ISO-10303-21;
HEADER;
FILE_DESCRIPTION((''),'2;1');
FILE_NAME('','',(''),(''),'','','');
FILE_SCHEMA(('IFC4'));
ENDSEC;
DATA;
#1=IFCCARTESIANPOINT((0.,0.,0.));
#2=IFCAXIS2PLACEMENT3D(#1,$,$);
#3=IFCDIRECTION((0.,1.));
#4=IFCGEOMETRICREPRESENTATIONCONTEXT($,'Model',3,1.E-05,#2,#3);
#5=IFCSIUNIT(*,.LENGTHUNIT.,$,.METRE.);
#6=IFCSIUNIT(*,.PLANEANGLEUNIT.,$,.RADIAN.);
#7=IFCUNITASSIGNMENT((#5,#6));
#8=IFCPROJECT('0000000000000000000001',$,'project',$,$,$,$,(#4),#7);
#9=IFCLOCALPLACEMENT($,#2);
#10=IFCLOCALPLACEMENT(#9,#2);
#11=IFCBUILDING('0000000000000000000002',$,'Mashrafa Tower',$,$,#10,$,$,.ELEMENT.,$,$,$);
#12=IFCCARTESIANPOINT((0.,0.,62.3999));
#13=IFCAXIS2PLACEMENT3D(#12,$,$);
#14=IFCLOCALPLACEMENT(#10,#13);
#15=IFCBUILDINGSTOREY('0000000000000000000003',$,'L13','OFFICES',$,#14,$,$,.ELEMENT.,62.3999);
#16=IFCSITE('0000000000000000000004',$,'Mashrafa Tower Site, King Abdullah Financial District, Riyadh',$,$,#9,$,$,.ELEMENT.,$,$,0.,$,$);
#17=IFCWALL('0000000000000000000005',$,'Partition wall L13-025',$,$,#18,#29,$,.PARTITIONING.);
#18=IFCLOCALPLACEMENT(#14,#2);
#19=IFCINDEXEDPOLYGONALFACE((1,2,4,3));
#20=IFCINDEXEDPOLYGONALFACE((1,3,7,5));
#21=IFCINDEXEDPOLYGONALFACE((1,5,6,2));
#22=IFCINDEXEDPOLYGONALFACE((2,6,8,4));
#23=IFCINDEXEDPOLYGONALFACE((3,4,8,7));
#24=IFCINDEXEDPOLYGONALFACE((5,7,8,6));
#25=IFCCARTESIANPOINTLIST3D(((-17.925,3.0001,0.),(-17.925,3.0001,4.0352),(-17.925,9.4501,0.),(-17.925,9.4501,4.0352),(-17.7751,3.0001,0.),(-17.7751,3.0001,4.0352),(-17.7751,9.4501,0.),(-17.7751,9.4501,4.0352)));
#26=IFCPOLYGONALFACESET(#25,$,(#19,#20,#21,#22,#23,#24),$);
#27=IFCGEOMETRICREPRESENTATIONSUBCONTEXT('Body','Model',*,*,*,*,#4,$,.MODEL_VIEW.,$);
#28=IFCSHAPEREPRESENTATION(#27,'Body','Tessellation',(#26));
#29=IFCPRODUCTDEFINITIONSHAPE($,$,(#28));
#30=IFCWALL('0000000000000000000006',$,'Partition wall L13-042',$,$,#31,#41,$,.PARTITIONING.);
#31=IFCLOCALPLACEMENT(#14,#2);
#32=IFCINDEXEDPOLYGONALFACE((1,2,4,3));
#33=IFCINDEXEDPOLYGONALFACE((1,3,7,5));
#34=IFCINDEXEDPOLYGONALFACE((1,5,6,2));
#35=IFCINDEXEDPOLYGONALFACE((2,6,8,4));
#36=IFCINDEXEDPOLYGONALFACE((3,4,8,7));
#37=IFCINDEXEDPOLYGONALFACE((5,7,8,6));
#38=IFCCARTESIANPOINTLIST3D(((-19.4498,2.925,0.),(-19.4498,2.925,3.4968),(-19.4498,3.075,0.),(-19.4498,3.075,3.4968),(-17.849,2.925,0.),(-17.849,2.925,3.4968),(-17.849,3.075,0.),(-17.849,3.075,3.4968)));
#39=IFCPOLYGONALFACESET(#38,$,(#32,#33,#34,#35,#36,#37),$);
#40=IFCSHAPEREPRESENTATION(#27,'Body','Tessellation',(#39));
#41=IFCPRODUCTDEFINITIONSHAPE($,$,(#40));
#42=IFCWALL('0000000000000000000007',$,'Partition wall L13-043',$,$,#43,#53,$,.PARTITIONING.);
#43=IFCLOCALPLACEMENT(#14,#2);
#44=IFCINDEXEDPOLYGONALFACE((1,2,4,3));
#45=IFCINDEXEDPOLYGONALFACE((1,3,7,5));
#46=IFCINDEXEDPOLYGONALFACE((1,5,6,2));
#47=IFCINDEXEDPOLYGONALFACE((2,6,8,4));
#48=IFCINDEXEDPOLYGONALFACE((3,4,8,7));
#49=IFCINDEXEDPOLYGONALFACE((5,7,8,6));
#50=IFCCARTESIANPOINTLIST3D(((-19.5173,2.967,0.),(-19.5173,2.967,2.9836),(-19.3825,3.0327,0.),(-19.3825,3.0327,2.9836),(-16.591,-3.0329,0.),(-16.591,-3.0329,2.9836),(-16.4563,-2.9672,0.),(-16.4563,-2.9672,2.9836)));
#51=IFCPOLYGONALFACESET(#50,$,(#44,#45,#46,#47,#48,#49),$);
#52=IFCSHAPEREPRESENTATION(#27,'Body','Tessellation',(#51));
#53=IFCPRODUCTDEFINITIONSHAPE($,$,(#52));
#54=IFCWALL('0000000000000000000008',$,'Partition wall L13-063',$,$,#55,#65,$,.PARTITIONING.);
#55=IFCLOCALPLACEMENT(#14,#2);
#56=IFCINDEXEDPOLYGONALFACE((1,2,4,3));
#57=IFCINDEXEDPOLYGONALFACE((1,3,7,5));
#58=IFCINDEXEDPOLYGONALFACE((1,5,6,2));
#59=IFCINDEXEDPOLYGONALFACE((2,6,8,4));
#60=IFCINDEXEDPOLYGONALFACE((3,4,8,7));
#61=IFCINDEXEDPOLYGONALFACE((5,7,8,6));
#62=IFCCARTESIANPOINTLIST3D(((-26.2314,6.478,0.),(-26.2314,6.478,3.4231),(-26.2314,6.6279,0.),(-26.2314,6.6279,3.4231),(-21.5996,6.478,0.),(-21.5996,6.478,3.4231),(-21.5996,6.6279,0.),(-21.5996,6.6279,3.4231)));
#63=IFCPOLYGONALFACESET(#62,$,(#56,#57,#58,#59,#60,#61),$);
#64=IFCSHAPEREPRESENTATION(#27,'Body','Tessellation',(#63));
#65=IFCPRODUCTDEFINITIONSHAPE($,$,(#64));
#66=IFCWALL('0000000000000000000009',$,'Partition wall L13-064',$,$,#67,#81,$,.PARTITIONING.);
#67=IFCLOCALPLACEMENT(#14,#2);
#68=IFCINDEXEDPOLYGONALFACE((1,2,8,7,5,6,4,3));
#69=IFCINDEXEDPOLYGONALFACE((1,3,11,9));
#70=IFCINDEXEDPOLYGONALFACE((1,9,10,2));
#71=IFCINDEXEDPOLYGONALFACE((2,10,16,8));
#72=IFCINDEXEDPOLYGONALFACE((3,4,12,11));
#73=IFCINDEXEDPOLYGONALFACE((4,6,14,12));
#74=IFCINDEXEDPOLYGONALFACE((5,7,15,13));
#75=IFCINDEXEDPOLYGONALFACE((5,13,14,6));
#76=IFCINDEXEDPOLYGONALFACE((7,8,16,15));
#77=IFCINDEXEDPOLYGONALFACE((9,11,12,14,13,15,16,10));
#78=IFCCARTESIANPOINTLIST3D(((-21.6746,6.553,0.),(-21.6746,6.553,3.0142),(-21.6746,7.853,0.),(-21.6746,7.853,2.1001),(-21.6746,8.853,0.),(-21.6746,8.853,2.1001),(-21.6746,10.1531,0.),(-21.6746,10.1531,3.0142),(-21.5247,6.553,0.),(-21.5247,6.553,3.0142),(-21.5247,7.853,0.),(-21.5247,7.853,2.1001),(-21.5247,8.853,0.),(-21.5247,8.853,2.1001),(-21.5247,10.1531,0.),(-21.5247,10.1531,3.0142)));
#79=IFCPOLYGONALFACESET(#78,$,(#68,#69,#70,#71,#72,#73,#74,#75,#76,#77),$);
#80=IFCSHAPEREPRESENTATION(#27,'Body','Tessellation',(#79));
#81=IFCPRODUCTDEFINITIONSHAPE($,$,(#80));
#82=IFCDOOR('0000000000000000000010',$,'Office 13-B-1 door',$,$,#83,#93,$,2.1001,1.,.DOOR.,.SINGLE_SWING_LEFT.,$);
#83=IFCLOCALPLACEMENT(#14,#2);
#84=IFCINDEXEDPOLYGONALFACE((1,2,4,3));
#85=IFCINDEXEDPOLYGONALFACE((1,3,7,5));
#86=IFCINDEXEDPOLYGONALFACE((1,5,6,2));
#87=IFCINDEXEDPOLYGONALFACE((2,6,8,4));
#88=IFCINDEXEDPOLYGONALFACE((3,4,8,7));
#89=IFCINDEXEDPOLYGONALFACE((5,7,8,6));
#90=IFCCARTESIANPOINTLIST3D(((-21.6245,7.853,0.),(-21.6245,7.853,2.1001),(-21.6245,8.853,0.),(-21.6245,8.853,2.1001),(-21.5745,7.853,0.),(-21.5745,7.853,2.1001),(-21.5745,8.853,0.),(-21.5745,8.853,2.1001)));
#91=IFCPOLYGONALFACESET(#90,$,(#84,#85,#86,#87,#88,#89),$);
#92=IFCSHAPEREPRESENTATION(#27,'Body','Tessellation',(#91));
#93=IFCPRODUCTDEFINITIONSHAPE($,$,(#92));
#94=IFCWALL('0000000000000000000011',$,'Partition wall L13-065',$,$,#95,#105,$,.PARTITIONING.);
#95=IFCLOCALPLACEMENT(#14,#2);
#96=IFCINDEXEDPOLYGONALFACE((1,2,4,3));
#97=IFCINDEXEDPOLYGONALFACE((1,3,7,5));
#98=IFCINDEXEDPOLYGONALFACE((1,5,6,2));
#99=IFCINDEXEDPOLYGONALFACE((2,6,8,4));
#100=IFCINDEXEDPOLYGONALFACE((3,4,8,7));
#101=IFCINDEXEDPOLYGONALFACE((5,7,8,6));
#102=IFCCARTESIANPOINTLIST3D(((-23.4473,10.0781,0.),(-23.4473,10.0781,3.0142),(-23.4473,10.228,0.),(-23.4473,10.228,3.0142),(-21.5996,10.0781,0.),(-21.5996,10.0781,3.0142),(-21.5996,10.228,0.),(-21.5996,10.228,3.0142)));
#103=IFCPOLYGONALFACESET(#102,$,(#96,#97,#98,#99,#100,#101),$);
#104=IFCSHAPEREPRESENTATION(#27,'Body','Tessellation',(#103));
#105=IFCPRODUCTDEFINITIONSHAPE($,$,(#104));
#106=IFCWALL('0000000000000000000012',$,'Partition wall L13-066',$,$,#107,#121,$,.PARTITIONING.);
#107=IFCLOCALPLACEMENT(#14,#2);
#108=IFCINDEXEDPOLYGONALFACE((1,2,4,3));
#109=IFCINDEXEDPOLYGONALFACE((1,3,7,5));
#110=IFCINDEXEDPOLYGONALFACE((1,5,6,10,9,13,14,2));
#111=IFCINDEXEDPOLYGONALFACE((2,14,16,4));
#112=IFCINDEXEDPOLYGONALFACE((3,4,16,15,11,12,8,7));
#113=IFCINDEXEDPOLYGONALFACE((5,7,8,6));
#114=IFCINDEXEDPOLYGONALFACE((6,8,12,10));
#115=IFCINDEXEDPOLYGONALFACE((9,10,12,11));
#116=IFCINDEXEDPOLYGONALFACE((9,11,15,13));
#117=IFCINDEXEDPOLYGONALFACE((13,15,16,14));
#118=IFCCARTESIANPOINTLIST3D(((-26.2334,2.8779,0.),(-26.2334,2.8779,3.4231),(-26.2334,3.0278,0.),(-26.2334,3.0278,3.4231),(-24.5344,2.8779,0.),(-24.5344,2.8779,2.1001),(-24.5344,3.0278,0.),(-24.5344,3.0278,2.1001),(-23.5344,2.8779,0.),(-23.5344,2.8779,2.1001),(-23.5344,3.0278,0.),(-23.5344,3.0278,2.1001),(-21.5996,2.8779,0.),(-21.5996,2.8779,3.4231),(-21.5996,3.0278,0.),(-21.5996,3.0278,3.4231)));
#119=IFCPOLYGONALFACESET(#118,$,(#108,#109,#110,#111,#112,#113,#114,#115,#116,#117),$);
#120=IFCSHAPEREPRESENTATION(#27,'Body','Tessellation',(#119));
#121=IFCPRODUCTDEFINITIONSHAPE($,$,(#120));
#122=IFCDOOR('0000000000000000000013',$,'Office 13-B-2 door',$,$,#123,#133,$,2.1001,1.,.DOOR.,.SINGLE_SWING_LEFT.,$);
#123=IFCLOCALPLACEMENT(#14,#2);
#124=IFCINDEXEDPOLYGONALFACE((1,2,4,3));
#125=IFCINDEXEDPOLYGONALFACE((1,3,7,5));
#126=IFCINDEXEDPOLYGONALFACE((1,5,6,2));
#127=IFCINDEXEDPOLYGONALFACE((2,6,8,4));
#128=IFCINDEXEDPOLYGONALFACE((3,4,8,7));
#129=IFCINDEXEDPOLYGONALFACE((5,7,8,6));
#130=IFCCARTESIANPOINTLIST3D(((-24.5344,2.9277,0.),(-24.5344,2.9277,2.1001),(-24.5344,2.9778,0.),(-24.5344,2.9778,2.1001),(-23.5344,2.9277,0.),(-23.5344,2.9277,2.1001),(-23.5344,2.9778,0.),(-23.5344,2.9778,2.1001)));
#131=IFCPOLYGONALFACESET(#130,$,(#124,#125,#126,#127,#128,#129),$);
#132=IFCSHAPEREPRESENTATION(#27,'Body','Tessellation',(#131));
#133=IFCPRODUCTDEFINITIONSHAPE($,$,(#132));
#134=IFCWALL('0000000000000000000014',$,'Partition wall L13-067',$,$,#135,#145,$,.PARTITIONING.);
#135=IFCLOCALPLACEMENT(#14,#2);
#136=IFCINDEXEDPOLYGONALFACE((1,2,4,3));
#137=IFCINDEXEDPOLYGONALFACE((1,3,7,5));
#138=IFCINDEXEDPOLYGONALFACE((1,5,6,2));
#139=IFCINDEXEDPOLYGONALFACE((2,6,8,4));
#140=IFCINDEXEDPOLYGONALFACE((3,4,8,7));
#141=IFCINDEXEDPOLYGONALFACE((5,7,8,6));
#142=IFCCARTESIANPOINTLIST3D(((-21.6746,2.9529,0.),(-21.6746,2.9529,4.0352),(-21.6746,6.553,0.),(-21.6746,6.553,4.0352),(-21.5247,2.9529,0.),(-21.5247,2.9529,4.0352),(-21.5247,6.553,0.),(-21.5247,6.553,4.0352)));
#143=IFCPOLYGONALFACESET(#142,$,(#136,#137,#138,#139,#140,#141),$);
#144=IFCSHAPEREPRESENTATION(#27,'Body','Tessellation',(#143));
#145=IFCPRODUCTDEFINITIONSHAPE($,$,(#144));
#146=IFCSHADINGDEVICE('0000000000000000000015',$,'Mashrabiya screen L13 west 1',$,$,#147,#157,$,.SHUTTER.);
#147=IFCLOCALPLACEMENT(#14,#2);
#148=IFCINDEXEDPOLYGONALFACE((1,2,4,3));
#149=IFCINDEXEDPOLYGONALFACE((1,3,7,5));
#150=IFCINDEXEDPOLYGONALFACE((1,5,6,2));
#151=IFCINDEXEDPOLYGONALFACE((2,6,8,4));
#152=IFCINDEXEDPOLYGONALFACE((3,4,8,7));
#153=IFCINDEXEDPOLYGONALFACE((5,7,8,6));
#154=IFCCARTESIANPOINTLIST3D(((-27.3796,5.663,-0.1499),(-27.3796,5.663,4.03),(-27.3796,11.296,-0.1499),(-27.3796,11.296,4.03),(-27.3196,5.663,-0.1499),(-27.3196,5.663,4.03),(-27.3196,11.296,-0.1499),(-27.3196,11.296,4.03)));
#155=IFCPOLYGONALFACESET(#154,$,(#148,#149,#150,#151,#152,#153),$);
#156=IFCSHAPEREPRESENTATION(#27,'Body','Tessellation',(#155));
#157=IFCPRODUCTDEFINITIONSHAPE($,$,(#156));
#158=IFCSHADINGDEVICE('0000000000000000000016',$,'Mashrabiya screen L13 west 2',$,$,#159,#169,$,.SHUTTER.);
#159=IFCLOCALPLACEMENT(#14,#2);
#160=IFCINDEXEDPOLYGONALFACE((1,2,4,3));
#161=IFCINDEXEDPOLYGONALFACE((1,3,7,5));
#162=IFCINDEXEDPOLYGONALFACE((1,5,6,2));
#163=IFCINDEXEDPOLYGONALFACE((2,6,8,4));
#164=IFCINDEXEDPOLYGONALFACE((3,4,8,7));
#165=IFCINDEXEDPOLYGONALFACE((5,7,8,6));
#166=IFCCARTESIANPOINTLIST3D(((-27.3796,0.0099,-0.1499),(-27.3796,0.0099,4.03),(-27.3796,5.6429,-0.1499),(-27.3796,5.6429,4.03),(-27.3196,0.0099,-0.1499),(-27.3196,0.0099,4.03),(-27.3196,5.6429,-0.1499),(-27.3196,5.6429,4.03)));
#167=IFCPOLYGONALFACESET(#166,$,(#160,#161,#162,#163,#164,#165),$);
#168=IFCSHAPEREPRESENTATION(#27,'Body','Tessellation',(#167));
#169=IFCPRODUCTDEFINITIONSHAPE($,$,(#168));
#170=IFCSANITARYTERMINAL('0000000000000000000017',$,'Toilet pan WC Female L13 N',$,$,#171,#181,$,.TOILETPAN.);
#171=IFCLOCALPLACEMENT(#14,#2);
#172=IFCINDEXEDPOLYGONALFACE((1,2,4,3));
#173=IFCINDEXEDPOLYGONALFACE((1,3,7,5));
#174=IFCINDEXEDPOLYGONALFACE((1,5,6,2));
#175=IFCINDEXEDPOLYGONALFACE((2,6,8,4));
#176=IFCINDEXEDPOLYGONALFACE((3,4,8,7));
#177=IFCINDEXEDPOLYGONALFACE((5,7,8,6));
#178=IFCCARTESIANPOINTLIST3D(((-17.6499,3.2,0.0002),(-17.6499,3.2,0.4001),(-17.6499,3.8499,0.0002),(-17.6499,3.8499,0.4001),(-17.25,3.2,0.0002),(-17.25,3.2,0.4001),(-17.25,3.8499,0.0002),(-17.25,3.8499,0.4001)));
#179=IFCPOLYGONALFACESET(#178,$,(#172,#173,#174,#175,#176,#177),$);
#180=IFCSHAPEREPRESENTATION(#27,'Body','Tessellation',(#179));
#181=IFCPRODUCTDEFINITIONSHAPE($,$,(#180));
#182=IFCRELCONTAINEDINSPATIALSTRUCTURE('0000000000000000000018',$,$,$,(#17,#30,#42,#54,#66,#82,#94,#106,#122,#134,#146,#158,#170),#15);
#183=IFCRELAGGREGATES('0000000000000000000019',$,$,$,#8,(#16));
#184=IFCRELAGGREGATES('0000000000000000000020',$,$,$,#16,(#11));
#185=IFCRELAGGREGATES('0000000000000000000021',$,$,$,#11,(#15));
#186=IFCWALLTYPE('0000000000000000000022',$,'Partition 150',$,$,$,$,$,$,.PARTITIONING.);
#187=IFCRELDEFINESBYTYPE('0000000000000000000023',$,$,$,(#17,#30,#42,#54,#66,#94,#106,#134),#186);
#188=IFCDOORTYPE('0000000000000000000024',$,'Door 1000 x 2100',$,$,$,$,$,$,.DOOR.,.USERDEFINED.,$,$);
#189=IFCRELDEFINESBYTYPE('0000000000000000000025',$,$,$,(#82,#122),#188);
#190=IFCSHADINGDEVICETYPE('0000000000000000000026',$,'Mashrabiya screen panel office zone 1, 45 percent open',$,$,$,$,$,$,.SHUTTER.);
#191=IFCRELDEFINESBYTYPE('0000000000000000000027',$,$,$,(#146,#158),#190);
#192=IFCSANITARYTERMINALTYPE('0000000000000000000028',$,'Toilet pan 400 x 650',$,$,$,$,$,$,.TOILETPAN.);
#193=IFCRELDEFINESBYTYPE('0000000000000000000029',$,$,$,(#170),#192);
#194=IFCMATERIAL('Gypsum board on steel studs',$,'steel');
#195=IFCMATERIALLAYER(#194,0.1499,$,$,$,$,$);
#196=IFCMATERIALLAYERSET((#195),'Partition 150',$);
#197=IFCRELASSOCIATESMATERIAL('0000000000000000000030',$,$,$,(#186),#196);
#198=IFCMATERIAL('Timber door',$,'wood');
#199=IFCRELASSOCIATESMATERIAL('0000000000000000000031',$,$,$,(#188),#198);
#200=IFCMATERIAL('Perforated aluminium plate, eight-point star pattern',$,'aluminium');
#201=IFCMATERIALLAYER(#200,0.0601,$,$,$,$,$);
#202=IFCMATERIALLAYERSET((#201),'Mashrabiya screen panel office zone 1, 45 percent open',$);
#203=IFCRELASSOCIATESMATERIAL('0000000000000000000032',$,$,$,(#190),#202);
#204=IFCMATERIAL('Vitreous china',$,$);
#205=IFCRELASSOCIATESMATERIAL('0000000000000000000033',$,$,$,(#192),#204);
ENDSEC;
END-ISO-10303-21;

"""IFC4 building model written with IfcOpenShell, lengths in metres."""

from ifc_helpers import new_model, si_unit, direction, frame, frame_2d, origin, origin_2d, place, context, subcontext, project, spatial, rectangle, extrude, source, transform, mapped, material, layer, layer_set, type_object, type_shapes, element, fill, save


model = new_model("IFC4")

# Units and contexts
model_context = context("Model", 3, precision=1e-05, world=origin(), true_north=direction((0.0, 1.0)))
body_context = subcontext(model_context, "Body", "Model", "MODEL_VIEW")
ifc_project = project(units=[si_unit("LENGTHUNIT", "METRE"), si_unit("PLANEANGLEUNIT", "RADIAN")], contexts=[model_context])

# Site, building, storey
site_placement = place(None, origin())
site = spatial("IfcSite", under=ifc_project, at=site_placement, Name="Mashrafa Tower Site, King Abdullah Financial District, Riyadh", CompositionType="ELEMENT", RefElevation=0.0)
building_placement = place(site_placement, origin())
building = spatial("IfcBuilding", under=site, at=building_placement, Name="Mashrafa Tower", CompositionType="ELEMENT")
storey_placement = place(building_placement, frame((0.0, 0.0, 62.3999)))
storey = spatial("IfcBuildingStorey", under=building, at=storey_placement, Name="L13", Description="OFFICES", CompositionType="ELEMENT", Elevation=62.3999)

# Walls
ifc_material_1 = material(Name="Gypsum board on steel studs", Category="steel")
ifc_layer_1 = layer(ifc_material_1, 0.1499)
ifc_layer_set_1 = layer_set([ifc_layer_1], Name="Partition 150")
wall_type = type_object("IfcWallType", Name="Partition 150", PredefinedType="PARTITIONING", material=ifc_layer_set_1)
wall_1_placement = place(storey_placement, frame((-17.8501, 3.0, 0.0), z_axis=(0.0, 0.0, 1.0), x_axis=(0.0, 1.0, 0.0)))
element("IfcWall", 1, at=wall_1_placement, inside=storey, type_object=wall_type, Name="Partition wall L13-025", PredefinedType="PARTITIONING", context=body_context, shape_type="SweptSolid", body=[
    extrude(rectangle(XDim=6.45, YDim=0.1499, at=frame_2d((3.2251, 0.0))), origin(), (0.0, 0.0, 1.0), 4.0352),
])
wall_2_placement = place(storey_placement, frame((-17.8491, 3.0, 0.0), z_axis=(0.0, 0.0, 1.0), x_axis=(-1.0, 0.0, 0.0)))
element("IfcWall", 2, at=wall_2_placement, inside=storey, type_object=wall_type, Name="Partition wall L13-042", PredefinedType="PARTITIONING", context=body_context, shape_type="SweptSolid", body=[
    extrude(rectangle(XDim=1.6008, YDim=0.1499, at=frame_2d((0.8003, 0.0))), origin(), (0.0, 0.0, 1.0), 3.4968),
])
wall_3_placement = place(storey_placement, frame((-19.45, 3.0, 0.0), z_axis=(0.0, 0.0, 1.0), x_axis=(0.438356, -0.898801, 0.0)))
element("IfcWall", 3, at=wall_3_placement, inside=storey, type_object=wall_type, Name="Partition wall L13-043", PredefinedType="PARTITIONING", context=body_context, shape_type="SweptSolid", body=[
    extrude(rectangle(XDim=6.6755, YDim=0.1499, at=frame_2d((3.3379, 0.0))), origin(), (0.0, 0.0, 1.0), 2.9836),
])
wall_4_placement = place(storey_placement, frame((-26.2314, 6.553, 0.0), z_axis=(0.0, 0.0, 1.0), x_axis=(1.0, 0.0, 0.0)))
element("IfcWall", 4, at=wall_4_placement, inside=storey, type_object=wall_type, Name="Partition wall L13-063", PredefinedType="PARTITIONING", context=body_context, shape_type="SweptSolid", body=[
    extrude(rectangle(XDim=4.6318, YDim=0.1499, at=frame_2d((2.3159, 0.0))), origin(), (0.0, 0.0, 1.0), 3.4231),
])

# Wall, opening, door
wall_5_placement = place(storey_placement, frame((-21.5996, 6.553, 0.0), z_axis=(0.0, 0.0, 1.0), x_axis=(0.0, 1.0, 0.0)))
wall_5 = element("IfcWall", 5, at=wall_5_placement, inside=storey, type_object=wall_type, Name="Partition wall L13-064", PredefinedType="PARTITIONING", context=body_context, shape_type="SweptSolid", body=[
    extrude(rectangle(XDim=3.6001, YDim=0.1499, at=frame_2d((1.8, 0.0))), origin(), (0.0, 0.0, 1.0), 3.0142),
])
opening_1_placement = place(wall_5_placement, frame((1.3, 0.0, 0.0)))
opening_1 = element("IfcOpeningElement", 6, at=opening_1_placement, cuts=wall_5, PredefinedType="OPENING", context=body_context, shape_type="SweptSolid", body=[
    extrude(rectangle(XDim=1.0, YDim=2.1001, at=frame_2d((0.5, 1.05))), frame((0.0, 0.085, 0.0), z_axis=(0.0, -1.0, 0.0), x_axis=(1.0, 0.0, 0.0)), (0.0, 0.0, 1.0), 0.1699),
])
ifc_material_2 = material(Name="Timber door", Category="wood")
door_type = type_object("IfcDoorType", Name="Door 1000 x 2100", OperationType="USERDEFINED", PredefinedType="DOOR", material=ifc_material_2)
door_1_placement = place(opening_1_placement, origin())
door_1 = element("IfcDoor", 7, at=door_1_placement, inside=storey, type_object=door_type, Name="Office 13-B-1 door", OperationType="SINGLE_SWING_LEFT", OverallHeight=2.1001, OverallWidth=1.0, PredefinedType="DOOR", context=body_context, shape_type="SweptSolid", body=[
    extrude(rectangle(XDim=1.0, YDim=2.1001, at=frame_2d((0.5, 1.05))), frame((0.0, 0.0249, 0.0), z_axis=(0.0, -1.0, 0.0), x_axis=(1.0, 0.0, 0.0)), (0.0, 0.0, 1.0), 0.05),
])
fill(opening_1, door_1)

# Wall
wall_6_placement = place(storey_placement, frame((-21.5996, 10.1531, 0.0), z_axis=(0.0, 0.0, 1.0), x_axis=(-1.0, 0.0, 0.0)))
element("IfcWall", 8, at=wall_6_placement, inside=storey, type_object=wall_type, Name="Partition wall L13-065", PredefinedType="PARTITIONING", context=body_context, shape_type="SweptSolid", body=[
    extrude(rectangle(XDim=1.8477, YDim=0.1499, at=frame_2d((0.9238, 0.0))), origin(), (0.0, 0.0, 1.0), 3.0142),
])

# Wall, opening, door
wall_7_placement = place(storey_placement, frame((-26.2334, 2.9529, 0.0), z_axis=(0.0, 0.0, 1.0), x_axis=(1.0, 0.0, 0.0)))
wall_7 = element("IfcWall", 9, at=wall_7_placement, inside=storey, type_object=wall_type, Name="Partition wall L13-066", PredefinedType="PARTITIONING", context=body_context, shape_type="SweptSolid", body=[
    extrude(rectangle(XDim=4.6338, YDim=0.1499, at=frame_2d((2.3169, 0.0))), origin(), (0.0, 0.0, 1.0), 3.4231),
])
opening_2_placement = place(wall_7_placement, frame((1.699, 0.0, 0.0)))
opening_2 = element("IfcOpeningElement", 10, at=opening_2_placement, cuts=wall_7, PredefinedType="OPENING", context=body_context, shape_type="SweptSolid", body=[
    extrude(rectangle(XDim=1.0, YDim=2.1001, at=frame_2d((0.5, 1.05))), frame((0.0, 0.085, 0.0), z_axis=(0.0, -1.0, 0.0), x_axis=(1.0, 0.0, 0.0)), (0.0, 0.0, 1.0), 0.1699),
])
door_2_placement = place(opening_2_placement, origin())
door_2 = element("IfcDoor", 11, at=door_2_placement, inside=storey, type_object=door_type, Name="Office 13-B-2 door", OperationType="SINGLE_SWING_LEFT", OverallHeight=2.1001, OverallWidth=1.0, PredefinedType="DOOR", context=body_context, shape_type="SweptSolid", body=[
    extrude(rectangle(XDim=1.0, YDim=2.1001, at=frame_2d((0.5, 1.05))), frame((0.0, 0.0249, 0.0), z_axis=(0.0, -1.0, 0.0), x_axis=(1.0, 0.0, 0.0)), (0.0, 0.0, 1.0), 0.05),
])
fill(opening_2, door_2)

# Wall
wall_8_placement = place(storey_placement, frame((-21.5996, 2.9529, 0.0), z_axis=(0.0, 0.0, 1.0), x_axis=(0.0, 1.0, 0.0)))
element("IfcWall", 12, at=wall_8_placement, inside=storey, type_object=wall_type, Name="Partition wall L13-067", PredefinedType="PARTITIONING", context=body_context, shape_type="SweptSolid", body=[
    extrude(rectangle(XDim=3.6001, YDim=0.1499, at=frame_2d((1.8, 0.0))), origin(), (0.0, 0.0, 1.0), 4.0352),
])

# Shading devices
ifc_material_3 = material(Name="Perforated aluminium plate, eight-point star pattern", Category="aluminium")
ifc_layer_2 = layer(ifc_material_3, 0.0601)
ifc_layer_set_2 = layer_set([ifc_layer_2], Name="Mashrabiya screen panel office zone 1, 45 percent open")
shading_device_type = type_object("IfcShadingDeviceType", Name="Mashrabiya screen panel office zone 1, 45 percent open", PredefinedType="SHUTTER", material=ifc_layer_set_2)
shared_shape_1 = source(origin(), body_context, "Body", "SweptSolid", [
    extrude(rectangle(XDim=5.6331, YDim=0.0601, at=origin_2d()), origin(), (0.0, 0.0, 1.0), 4.1799),
])
type_shapes(shading_device_type, [shared_shape_1])
for number, where, z_axis, x_axis, name in (
    (13, (-27.3496, 8.4795, -0.1499), (0.0, 0.0, 1.0), (0.0, -1.0, 0.0), "Mashrabiya screen L13 west 1"),
    (14, (-27.3496, 2.8264, -0.1499), (0.0, 0.0, 1.0), (0.0, -1.0, 0.0), "Mashrabiya screen L13 west 2"),
):
    element("IfcShadingDevice", number, at=place(storey_placement, frame(where, z_axis=z_axis, x_axis=x_axis)), inside=storey, type_object=shading_device_type, Name=name, PredefinedType="SHUTTER", context=body_context, shape_type="MappedRepresentation", body=[
        mapped(shared_shape_1, transform((0.0, 0.0, 0.0))),
    ])

# Sanitary terminal
ifc_material_4 = material(Name="Vitreous china")
sanitary_terminal_type_1 = type_object("IfcSanitaryTerminalType", Name="Toilet pan 400 x 650", PredefinedType="TOILETPAN", material=ifc_material_4)
for number, where, z_axis, x_axis, name in (
    (15, (-17.45, 3.5249, 0.0002), (0.0, 0.0, 1.0), (1.0, 0.0, 0.0), "Toilet pan WC Female L13 N"),
):
    element("IfcSanitaryTerminal", number, at=place(storey_placement, frame(where, z_axis=z_axis, x_axis=x_axis)), inside=storey, type_object=sanitary_terminal_type_1, Name=name, PredefinedType="TOILETPAN", context=body_context, shape_type="SweptSolid", body=[
        extrude(rectangle(XDim=0.3999, YDim=0.6499, at=origin_2d()), origin(), (0.0, 0.0, 1.0), 0.3999),
    ])

save(model, "model.ifc")
